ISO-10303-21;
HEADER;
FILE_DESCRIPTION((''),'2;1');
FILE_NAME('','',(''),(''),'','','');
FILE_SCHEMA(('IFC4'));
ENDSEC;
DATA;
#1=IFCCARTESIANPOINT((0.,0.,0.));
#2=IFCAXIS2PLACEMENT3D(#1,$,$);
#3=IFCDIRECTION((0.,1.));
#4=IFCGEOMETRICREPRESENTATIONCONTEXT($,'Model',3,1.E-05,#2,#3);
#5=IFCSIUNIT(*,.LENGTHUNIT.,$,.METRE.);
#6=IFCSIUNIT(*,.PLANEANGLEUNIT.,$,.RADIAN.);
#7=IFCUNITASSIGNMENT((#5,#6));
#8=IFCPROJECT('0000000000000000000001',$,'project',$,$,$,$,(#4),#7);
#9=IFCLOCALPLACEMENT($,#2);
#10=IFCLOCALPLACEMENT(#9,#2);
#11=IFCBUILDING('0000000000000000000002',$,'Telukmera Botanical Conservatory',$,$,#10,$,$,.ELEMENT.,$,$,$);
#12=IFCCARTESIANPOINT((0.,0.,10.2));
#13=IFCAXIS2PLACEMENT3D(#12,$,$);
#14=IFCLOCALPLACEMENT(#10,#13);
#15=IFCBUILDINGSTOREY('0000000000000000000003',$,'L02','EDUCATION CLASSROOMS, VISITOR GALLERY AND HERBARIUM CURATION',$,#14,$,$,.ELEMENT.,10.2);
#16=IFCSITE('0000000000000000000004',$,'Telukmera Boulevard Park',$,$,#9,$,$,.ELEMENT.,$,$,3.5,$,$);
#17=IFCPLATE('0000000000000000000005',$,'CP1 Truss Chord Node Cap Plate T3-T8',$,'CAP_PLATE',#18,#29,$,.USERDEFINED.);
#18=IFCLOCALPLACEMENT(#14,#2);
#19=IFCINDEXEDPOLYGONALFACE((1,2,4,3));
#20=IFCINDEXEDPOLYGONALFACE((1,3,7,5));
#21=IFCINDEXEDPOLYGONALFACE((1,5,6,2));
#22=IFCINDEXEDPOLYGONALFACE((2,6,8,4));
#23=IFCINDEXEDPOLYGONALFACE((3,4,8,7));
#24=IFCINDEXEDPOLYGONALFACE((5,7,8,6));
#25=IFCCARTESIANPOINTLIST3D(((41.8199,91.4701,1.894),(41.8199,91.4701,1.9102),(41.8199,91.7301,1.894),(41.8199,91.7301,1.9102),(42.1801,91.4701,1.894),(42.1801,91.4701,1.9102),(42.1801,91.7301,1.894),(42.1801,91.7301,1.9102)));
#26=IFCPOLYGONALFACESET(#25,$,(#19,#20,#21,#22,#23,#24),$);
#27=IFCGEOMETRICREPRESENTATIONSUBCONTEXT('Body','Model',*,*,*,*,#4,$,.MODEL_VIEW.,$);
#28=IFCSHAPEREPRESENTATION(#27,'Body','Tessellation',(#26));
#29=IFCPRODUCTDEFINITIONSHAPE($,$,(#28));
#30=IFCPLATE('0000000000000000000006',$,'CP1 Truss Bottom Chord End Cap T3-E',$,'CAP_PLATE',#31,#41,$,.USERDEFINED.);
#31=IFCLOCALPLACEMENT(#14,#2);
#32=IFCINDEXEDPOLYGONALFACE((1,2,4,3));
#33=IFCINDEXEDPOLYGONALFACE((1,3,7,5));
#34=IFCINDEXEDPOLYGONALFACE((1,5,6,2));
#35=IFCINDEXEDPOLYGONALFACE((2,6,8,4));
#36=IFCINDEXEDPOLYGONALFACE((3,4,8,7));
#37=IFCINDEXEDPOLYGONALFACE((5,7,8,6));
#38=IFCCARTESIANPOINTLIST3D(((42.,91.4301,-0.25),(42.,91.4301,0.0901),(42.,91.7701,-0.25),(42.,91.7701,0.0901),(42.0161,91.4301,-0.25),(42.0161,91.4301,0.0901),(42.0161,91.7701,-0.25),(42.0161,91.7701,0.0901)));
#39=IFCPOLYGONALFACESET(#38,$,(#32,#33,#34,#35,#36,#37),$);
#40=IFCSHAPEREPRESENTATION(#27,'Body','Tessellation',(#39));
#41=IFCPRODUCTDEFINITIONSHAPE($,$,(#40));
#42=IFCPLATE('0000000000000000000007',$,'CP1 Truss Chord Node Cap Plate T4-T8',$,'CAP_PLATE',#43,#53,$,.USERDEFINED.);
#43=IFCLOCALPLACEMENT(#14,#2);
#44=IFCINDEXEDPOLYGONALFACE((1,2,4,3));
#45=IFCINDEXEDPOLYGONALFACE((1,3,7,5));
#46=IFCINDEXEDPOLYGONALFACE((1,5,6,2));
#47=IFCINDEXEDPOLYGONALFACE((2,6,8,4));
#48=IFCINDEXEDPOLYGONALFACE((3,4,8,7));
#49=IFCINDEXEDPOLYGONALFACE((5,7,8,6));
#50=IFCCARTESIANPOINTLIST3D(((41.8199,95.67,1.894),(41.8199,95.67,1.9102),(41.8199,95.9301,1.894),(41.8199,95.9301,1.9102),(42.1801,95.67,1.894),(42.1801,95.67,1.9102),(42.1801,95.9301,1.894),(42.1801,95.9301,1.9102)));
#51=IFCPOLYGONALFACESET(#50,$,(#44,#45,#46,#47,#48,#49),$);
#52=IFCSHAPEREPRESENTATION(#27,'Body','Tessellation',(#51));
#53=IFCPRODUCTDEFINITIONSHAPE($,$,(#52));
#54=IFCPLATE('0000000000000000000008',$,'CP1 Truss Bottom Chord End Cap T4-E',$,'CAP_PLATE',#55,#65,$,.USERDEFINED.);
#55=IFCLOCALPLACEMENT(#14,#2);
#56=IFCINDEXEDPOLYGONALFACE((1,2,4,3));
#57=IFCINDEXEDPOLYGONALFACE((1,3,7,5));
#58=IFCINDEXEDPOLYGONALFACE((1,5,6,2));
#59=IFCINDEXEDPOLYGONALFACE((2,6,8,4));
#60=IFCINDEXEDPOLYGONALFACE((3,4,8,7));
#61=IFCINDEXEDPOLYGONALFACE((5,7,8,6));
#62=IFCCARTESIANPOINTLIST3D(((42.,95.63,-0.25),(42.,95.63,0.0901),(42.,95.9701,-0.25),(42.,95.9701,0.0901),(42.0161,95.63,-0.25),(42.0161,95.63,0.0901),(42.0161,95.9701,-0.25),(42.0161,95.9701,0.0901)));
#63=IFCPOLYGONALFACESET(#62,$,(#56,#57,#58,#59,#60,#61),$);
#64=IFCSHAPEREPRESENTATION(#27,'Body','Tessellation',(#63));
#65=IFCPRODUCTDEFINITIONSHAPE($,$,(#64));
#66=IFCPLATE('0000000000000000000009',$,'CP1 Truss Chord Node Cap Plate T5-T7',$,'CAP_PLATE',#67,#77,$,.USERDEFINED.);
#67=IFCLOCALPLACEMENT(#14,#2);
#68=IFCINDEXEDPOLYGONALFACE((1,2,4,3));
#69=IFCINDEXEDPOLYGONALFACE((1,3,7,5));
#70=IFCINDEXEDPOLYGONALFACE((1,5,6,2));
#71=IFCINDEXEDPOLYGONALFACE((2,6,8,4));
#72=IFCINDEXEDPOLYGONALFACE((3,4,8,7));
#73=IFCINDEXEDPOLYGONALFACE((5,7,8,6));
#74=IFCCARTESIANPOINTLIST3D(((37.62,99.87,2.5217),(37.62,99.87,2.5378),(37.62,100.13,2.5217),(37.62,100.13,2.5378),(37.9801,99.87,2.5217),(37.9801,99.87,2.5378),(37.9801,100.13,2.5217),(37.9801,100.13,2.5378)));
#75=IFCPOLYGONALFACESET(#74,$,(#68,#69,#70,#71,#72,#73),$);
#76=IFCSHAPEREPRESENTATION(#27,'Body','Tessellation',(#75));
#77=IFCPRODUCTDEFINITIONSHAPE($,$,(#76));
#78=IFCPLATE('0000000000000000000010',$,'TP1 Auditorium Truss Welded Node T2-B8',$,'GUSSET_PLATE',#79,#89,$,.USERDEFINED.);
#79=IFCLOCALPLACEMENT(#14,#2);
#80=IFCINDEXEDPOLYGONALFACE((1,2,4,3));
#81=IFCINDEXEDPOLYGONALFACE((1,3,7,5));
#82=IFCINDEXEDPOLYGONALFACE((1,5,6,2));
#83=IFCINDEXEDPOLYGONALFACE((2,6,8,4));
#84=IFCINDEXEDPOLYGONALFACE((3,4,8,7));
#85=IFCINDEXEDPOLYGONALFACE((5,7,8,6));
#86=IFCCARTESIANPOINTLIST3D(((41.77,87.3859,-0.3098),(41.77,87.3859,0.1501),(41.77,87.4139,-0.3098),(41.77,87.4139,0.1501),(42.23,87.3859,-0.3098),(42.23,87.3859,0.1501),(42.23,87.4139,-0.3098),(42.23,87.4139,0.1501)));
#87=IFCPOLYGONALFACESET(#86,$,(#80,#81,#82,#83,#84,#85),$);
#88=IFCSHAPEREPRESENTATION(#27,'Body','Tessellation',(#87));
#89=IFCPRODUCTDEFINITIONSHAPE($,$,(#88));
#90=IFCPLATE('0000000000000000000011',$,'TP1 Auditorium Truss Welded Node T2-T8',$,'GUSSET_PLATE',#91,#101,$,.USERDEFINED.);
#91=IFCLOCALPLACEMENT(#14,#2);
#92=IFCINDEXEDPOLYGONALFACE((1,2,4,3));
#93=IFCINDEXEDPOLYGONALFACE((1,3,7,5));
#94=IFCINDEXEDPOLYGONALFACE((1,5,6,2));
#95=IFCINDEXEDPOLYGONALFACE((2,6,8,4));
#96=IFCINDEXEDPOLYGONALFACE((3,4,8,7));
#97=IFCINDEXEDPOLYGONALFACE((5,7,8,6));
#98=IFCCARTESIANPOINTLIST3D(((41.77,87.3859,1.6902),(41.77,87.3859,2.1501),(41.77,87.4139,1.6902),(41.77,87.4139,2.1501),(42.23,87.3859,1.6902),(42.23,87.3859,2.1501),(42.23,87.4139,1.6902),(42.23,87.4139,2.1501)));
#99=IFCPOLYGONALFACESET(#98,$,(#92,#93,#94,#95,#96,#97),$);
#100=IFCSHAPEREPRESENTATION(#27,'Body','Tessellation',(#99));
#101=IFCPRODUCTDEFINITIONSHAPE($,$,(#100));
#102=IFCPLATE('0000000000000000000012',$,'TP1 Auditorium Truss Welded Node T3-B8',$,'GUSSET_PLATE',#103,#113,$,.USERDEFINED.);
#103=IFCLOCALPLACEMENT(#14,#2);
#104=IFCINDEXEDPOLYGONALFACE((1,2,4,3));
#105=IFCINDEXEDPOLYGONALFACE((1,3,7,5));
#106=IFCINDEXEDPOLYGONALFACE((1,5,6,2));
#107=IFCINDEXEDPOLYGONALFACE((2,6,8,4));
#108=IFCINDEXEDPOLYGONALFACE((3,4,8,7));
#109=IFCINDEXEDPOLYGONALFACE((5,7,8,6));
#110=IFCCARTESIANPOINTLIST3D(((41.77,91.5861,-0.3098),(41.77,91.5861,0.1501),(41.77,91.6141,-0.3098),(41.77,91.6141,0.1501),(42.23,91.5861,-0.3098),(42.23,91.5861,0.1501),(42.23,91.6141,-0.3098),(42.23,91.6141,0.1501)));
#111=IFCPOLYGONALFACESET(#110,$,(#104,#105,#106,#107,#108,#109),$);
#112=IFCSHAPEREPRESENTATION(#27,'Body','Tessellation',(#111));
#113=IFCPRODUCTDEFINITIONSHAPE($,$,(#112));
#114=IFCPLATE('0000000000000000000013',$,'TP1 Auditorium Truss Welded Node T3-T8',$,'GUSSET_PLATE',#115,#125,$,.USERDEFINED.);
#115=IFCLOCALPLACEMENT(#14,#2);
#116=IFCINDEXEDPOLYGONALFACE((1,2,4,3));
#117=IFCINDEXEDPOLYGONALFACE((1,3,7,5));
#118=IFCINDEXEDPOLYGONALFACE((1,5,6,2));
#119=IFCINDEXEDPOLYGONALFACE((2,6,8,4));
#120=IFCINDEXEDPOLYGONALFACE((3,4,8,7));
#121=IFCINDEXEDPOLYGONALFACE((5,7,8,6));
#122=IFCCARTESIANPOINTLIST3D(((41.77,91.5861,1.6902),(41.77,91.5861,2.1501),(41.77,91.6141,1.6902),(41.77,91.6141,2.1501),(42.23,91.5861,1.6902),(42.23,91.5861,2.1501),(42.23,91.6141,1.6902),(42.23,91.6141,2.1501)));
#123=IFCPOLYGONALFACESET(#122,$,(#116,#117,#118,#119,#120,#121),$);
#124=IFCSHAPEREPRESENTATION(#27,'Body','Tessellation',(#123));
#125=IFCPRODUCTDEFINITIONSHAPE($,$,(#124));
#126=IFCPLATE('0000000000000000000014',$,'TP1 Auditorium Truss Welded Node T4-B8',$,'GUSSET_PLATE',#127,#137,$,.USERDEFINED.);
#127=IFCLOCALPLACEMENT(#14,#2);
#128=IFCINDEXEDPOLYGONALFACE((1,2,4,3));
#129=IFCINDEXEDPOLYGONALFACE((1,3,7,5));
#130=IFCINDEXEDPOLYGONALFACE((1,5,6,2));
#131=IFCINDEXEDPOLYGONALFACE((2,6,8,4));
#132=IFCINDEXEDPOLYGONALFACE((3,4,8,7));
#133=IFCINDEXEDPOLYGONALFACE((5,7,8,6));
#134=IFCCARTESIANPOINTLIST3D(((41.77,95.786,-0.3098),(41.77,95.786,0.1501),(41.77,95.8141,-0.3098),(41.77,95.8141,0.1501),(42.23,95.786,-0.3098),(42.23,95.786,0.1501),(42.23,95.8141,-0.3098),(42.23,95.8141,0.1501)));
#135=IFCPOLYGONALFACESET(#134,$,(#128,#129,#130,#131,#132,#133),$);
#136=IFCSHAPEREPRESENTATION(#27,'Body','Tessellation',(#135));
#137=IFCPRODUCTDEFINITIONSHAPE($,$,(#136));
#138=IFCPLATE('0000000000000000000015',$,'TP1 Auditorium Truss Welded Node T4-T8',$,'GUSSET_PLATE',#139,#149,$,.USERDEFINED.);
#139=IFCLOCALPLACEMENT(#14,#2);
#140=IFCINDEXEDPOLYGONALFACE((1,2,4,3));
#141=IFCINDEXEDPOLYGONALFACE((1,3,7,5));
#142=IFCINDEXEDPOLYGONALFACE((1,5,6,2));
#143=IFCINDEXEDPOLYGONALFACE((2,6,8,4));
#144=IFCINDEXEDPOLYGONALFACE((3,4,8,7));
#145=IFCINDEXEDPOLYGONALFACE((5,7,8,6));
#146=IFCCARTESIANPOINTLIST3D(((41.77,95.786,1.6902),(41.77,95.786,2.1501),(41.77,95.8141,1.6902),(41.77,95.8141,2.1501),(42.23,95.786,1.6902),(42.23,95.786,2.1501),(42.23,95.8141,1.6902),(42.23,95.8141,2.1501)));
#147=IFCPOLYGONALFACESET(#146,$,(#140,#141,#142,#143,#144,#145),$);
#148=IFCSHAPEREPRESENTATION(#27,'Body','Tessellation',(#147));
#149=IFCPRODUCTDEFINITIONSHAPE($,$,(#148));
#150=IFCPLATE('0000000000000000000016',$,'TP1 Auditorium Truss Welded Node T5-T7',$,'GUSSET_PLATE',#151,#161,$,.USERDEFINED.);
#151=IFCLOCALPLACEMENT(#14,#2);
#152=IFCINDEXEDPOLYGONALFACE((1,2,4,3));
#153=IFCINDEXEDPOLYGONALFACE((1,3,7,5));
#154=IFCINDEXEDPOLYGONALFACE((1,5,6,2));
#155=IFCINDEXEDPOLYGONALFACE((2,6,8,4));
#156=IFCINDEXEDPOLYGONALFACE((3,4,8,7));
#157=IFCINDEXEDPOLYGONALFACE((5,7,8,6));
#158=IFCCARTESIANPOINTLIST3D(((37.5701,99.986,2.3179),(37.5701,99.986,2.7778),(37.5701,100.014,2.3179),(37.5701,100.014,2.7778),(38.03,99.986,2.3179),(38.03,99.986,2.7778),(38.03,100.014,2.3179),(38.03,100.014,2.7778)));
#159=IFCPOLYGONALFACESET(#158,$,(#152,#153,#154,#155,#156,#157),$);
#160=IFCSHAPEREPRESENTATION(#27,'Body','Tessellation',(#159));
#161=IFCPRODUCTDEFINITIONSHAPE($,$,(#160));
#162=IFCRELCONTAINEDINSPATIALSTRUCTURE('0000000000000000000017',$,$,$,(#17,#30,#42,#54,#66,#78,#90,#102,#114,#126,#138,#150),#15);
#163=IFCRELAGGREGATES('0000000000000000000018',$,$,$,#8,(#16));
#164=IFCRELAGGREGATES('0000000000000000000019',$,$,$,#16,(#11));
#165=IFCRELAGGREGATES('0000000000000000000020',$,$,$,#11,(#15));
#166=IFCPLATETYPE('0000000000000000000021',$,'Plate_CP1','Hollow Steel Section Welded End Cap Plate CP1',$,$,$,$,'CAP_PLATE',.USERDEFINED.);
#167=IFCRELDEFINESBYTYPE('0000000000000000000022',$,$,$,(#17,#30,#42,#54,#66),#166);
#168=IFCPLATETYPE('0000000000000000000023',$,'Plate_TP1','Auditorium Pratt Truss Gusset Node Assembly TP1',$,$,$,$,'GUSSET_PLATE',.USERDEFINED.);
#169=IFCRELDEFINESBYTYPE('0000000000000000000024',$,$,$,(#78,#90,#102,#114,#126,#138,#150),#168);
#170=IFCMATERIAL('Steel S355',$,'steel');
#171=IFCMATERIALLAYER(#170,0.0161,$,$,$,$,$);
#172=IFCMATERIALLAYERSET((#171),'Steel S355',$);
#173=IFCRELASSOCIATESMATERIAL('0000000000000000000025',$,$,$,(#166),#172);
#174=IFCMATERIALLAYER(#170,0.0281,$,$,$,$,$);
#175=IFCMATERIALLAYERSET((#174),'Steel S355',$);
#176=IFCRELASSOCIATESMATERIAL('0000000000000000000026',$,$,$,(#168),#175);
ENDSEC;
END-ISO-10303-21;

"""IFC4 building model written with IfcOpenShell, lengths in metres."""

from ifc_helpers import new_model, si_unit, direction, frame, origin, origin_2d, place, context, subcontext, project, spatial, rectangle, extrude, material, layer, layer_set, type_object, element, save


model = new_model("IFC4")

# Units and contexts
model_context = context("Model", 3, precision=1e-05, world=origin(), true_north=direction((0.0, 1.0)))
body_context = subcontext(model_context, "Body", "Model", "MODEL_VIEW")
ifc_project = project(units=[si_unit("LENGTHUNIT", "METRE"), si_unit("PLANEANGLEUNIT", "RADIAN")], contexts=[model_context])

# Site, building, storey
site_placement = place(None, origin())
site = spatial("IfcSite", under=ifc_project, at=site_placement, Name="Telukmera Boulevard Park", CompositionType="ELEMENT", RefElevation=3.5)
building_placement = place(site_placement, origin())
building = spatial("IfcBuilding", under=site, at=building_placement, Name="Telukmera Botanical Conservatory", CompositionType="ELEMENT")
storey_placement = place(building_placement, frame((0.0, 0.0, 10.2)))
storey = spatial("IfcBuildingStorey", under=building, at=storey_placement, Name="L02", Description="EDUCATION CLASSROOMS, VISITOR GALLERY AND HERBARIUM CURATION", CompositionType="ELEMENT", Elevation=10.2)

# Shared definitions
ifc_material_1 = material(Name="Steel S355", Category="steel")

# Plates
ifc_layer_1 = layer(ifc_material_1, 0.0161)
ifc_layer_set_1 = layer_set([ifc_layer_1], Name="Steel S355")
plate_type_1 = type_object("IfcPlateType", Name="Plate_CP1", Description="Hollow Steel Section Welded End Cap Plate CP1", ElementType="CAP_PLATE", PredefinedType="USERDEFINED", material=ifc_layer_set_1)
plate_1_placement = place(storey_placement, frame((42.0, 91.6001, 1.894), z_axis=(0.0, 0.0, 1.0), x_axis=(1.0, 0.0, 0.0)))
element("IfcPlate", 1, at=plate_1_placement, inside=storey, type_object=plate_type_1, Name="CP1 Truss Chord Node Cap Plate T3-T8", ObjectType="CAP_PLATE", PredefinedType="USERDEFINED", context=body_context, shape_type="SweptSolid", body=[
    extrude(rectangle(XDim=0.3601, YDim=0.26, at=origin_2d()), origin(), (0.0, 0.0, 1.0), 0.0161),
])
plate_2_placement = place(storey_placement, frame((42.0081, 91.6001, -0.25), z_axis=(0.0, 0.0, 1.0), x_axis=(1.0, 0.0, 0.0)))
element("IfcPlate", 2, at=plate_2_placement, inside=storey, type_object=plate_type_1, Name="CP1 Truss Bottom Chord End Cap T3-E", ObjectType="CAP_PLATE", PredefinedType="USERDEFINED", context=body_context, shape_type="SweptSolid", body=[
    extrude(rectangle(XDim=0.0161, YDim=0.3401, at=origin_2d()), origin(), (0.0, 0.0, 1.0), 0.3401),
])
plate_3_placement = place(storey_placement, frame((42.0, 95.8, 1.894), z_axis=(0.0, 0.0, 1.0), x_axis=(1.0, 0.0, 0.0)))
element("IfcPlate", 3, at=plate_3_placement, inside=storey, type_object=plate_type_1, Name="CP1 Truss Chord Node Cap Plate T4-T8", ObjectType="CAP_PLATE", PredefinedType="USERDEFINED", context=body_context, shape_type="SweptSolid", body=[
    extrude(rectangle(XDim=0.3601, YDim=0.26, at=origin_2d()), origin(), (0.0, 0.0, 1.0), 0.0161),
])
plate_4_placement = place(storey_placement, frame((42.0081, 95.8, -0.25), z_axis=(0.0, 0.0, 1.0), x_axis=(1.0, 0.0, 0.0)))
element("IfcPlate", 4, at=plate_4_placement, inside=storey, type_object=plate_type_1, Name="CP1 Truss Bottom Chord End Cap T4-E", ObjectType="CAP_PLATE", PredefinedType="USERDEFINED", context=body_context, shape_type="SweptSolid", body=[
    extrude(rectangle(XDim=0.0161, YDim=0.3401, at=origin_2d()), origin(), (0.0, 0.0, 1.0), 0.3401),
])
plate_5_placement = place(storey_placement, frame((37.8, 100.0, 2.5217), z_axis=(0.0, 0.0, 1.0), x_axis=(1.0, 0.0, 0.0)))
element("IfcPlate", 5, at=plate_5_placement, inside=storey, type_object=plate_type_1, Name="CP1 Truss Chord Node Cap Plate T5-T7", ObjectType="CAP_PLATE", PredefinedType="USERDEFINED", context=body_context, shape_type="SweptSolid", body=[
    extrude(rectangle(XDim=0.3601, YDim=0.26, at=origin_2d()), origin(), (0.0, 0.0, 1.0), 0.0161),
])
ifc_layer_2 = layer(ifc_material_1, 0.0281)
ifc_layer_set_2 = layer_set([ifc_layer_2], Name="Steel S355")
plate_type_2 = type_object("IfcPlateType", Name="Plate_TP1", Description="Auditorium Pratt Truss Gusset Node Assembly TP1", ElementType="GUSSET_PLATE", PredefinedType="USERDEFINED", material=ifc_layer_set_2)
for number, where, z_axis, x_axis, name in (
    (6, (42.0, 87.3999, -0.3098), (0.0, 0.0, 1.0), (1.0, 0.0, 0.0), "TP1 Auditorium Truss Welded Node T2-B8"),
    (7, (42.0, 87.3999, 1.6902), (0.0, 0.0, 1.0), (1.0, 0.0, 0.0), "TP1 Auditorium Truss Welded Node T2-T8"),
    (8, (42.0, 91.6001, -0.3098), (0.0, 0.0, 1.0), (1.0, 0.0, 0.0), "TP1 Auditorium Truss Welded Node T3-B8"),
    (9, (42.0, 91.6001, 1.6902), (0.0, 0.0, 1.0), (1.0, 0.0, 0.0), "TP1 Auditorium Truss Welded Node T3-T8"),
    (10, (42.0, 95.8, -0.3098), (0.0, 0.0, 1.0), (1.0, 0.0, 0.0), "TP1 Auditorium Truss Welded Node T4-B8"),
    (11, (42.0, 95.8, 1.6902), (0.0, 0.0, 1.0), (1.0, 0.0, 0.0), "TP1 Auditorium Truss Welded Node T4-T8"),
    (12, (37.8, 100.0, 2.3179), (0.0, 0.0, 1.0), (1.0, 0.0, 0.0), "TP1 Auditorium Truss Welded Node T5-T7"),
):
    element("IfcPlate", number, at=place(storey_placement, frame(where, z_axis=z_axis, x_axis=x_axis)), inside=storey, type_object=plate_type_2, Name=name, ObjectType="GUSSET_PLATE", PredefinedType="USERDEFINED", context=body_context, shape_type="SweptSolid", body=[
        extrude(rectangle(XDim=0.46, YDim=0.0281, at=origin_2d()), origin(), (0.0, 0.0, 1.0), 0.46),
    ])

save(model, "model.ifc")
